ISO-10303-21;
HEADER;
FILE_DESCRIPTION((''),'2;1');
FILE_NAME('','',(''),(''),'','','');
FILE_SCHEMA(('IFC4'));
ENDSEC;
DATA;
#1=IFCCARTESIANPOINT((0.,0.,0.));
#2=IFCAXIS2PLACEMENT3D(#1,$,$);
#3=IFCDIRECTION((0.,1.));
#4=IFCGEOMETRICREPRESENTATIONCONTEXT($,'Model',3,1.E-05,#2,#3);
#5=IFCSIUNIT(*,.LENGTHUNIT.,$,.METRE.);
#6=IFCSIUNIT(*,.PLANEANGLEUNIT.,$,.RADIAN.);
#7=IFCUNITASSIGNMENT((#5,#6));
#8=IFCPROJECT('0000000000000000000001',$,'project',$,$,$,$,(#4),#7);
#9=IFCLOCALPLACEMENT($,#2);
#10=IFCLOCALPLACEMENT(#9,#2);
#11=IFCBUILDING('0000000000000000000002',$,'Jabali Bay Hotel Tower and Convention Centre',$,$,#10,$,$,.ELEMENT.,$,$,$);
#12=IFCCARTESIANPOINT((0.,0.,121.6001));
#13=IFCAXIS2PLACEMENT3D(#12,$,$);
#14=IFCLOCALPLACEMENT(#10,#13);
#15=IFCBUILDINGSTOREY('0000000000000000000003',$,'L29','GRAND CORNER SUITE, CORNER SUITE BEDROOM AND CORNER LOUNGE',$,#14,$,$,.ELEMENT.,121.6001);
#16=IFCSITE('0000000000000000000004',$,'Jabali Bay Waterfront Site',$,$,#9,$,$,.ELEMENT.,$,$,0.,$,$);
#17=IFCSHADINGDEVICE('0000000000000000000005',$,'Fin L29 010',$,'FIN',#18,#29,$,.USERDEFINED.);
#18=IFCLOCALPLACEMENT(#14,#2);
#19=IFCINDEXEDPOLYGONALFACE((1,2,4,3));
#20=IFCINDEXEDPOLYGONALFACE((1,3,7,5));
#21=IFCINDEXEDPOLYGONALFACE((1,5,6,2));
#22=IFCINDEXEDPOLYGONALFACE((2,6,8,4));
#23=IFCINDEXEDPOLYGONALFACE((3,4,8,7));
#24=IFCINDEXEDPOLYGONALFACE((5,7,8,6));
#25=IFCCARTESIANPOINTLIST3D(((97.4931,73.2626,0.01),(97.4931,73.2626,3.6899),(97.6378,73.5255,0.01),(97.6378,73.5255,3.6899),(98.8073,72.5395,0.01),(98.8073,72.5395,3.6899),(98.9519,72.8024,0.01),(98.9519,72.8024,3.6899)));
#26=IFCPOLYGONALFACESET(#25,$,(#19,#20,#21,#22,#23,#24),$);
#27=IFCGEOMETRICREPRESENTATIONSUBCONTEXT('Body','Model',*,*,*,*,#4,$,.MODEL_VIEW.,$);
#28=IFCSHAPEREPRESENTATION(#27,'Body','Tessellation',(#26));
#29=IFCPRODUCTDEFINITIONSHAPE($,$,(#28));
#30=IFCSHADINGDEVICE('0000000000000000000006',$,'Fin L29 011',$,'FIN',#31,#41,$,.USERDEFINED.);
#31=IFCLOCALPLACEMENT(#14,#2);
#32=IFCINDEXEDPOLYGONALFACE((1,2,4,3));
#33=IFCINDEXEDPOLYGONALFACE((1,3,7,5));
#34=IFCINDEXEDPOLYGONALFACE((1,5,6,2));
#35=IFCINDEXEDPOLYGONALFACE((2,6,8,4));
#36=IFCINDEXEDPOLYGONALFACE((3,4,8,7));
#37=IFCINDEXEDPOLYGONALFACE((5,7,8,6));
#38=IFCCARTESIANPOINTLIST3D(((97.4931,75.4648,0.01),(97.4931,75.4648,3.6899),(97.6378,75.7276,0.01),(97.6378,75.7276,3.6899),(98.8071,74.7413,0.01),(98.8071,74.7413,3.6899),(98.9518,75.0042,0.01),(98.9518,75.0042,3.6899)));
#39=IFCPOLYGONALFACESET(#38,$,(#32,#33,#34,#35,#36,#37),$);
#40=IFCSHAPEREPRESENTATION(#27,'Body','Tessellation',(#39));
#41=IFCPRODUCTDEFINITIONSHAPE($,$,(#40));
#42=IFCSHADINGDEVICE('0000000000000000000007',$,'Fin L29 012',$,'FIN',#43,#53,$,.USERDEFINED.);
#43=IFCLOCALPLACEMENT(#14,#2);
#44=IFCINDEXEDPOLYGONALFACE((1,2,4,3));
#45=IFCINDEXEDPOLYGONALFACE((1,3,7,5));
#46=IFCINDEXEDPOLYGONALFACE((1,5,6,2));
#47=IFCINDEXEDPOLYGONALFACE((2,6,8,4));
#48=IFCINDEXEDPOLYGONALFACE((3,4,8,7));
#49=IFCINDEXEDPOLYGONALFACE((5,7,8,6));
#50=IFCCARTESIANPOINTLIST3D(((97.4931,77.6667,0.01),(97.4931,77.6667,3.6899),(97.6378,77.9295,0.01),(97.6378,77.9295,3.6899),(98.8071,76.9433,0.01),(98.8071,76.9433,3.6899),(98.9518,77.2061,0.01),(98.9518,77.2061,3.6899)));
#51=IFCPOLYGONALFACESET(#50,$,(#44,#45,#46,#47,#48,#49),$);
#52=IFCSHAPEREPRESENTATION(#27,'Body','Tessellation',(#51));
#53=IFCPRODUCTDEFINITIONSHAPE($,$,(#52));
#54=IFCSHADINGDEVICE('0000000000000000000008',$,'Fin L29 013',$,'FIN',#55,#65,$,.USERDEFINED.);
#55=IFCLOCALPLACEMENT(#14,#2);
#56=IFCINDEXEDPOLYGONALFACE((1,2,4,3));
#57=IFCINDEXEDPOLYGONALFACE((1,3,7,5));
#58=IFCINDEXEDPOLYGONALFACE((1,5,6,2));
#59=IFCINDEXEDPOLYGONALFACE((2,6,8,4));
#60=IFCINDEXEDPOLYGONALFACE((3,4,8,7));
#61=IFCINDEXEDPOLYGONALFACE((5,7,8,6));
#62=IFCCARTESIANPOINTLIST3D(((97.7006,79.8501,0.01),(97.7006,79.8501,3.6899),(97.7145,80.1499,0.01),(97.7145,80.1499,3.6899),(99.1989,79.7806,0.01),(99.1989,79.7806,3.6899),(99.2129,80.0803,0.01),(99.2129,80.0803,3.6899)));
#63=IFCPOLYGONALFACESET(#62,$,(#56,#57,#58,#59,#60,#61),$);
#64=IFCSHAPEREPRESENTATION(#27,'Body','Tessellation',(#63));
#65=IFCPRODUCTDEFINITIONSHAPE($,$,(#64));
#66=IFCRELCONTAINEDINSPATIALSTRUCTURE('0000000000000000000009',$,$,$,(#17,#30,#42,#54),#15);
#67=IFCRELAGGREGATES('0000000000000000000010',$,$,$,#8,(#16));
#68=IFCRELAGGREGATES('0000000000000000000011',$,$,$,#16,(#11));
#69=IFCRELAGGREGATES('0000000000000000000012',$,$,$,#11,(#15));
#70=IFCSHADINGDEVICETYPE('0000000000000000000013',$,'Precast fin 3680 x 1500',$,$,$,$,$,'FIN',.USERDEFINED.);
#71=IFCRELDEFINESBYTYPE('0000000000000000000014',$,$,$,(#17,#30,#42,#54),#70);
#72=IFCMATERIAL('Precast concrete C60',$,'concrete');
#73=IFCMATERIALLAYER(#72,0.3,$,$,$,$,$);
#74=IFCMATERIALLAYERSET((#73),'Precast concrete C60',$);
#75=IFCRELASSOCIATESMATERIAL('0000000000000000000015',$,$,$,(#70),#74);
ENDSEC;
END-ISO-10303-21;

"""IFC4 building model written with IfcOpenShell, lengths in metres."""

from ifc_helpers import new_model, si_unit, direction, frame, frame_2d, origin, place, context, subcontext, project, spatial, rectangle, extrude, material, layer, layer_set, type_object, element, save


model = new_model("IFC4")

# Units and contexts
model_context = context("Model", 3, precision=1e-05, world=origin(), true_north=direction((0.0, 1.0)))
body_context = subcontext(model_context, "Body", "Model", "MODEL_VIEW")
ifc_project = project(units=[si_unit("LENGTHUNIT", "METRE"), si_unit("PLANEANGLEUNIT", "RADIAN")], contexts=[model_context])

# Site, building, storey
site_placement = place(None, origin())
site = spatial("IfcSite", under=ifc_project, at=site_placement, Name="Jabali Bay Waterfront Site", CompositionType="ELEMENT", RefElevation=0.0)
building_placement = place(site_placement, origin())
building = spatial("IfcBuilding", under=site, at=building_placement, Name="Jabali Bay Hotel Tower and Convention Centre", CompositionType="ELEMENT")
storey_placement = place(building_placement, frame((0.0, 0.0, 121.6001)))
storey = spatial("IfcBuildingStorey", under=building, at=storey_placement, Name="L29", Description="GRAND CORNER SUITE, CORNER SUITE BEDROOM AND CORNER LOUNGE", CompositionType="ELEMENT", Elevation=121.6001)

# Shading devices
ifc_material_1 = material(Name="Precast concrete C60", Category="concrete")
ifc_layer_1 = layer(ifc_material_1, 0.3)
ifc_layer_set_1 = layer_set([ifc_layer_1], Name="Precast concrete C60")
shading_device_type = type_object("IfcShadingDeviceType", Name="Precast fin 3680 x 1500", ElementType="FIN", PredefinedType="USERDEFINED", material=ifc_layer_set_1)
for number, where, z_axis, x_axis, name in (
    (1, (97.5654, 73.394, 0.01), (0.0, 0.0, 1.0), (0.876123, -0.482087, 0.0), "Fin L29 010"),
    (2, (97.5654, 75.5962, 0.01), (0.0, 0.0, 1.0), (0.876017, -0.482281, 0.0), "Fin L29 011"),
    (3, (97.5654, 77.7981, 0.01), (0.0, 0.0, 1.0), (0.876017, -0.482281, 0.0), "Fin L29 012"),
    (4, (97.7075, 80.0, 0.01), (0.0, 0.0, 1.0), (0.998923, -0.04639, 0.0), "Fin L29 013"),
):
    element("IfcShadingDevice", number, at=place(storey_placement, frame(where, z_axis=z_axis, x_axis=x_axis)), inside=storey, type_object=shading_device_type, Name=name, ObjectType="FIN", PredefinedType="USERDEFINED", context=body_context, shape_type="SweptSolid", body=[
        extrude(rectangle(XDim=1.5, YDim=0.3, at=frame_2d((0.75, 0.0))), origin(), (0.0, 0.0, 1.0), 3.6799),
    ])

save(model, "model.ifc")
